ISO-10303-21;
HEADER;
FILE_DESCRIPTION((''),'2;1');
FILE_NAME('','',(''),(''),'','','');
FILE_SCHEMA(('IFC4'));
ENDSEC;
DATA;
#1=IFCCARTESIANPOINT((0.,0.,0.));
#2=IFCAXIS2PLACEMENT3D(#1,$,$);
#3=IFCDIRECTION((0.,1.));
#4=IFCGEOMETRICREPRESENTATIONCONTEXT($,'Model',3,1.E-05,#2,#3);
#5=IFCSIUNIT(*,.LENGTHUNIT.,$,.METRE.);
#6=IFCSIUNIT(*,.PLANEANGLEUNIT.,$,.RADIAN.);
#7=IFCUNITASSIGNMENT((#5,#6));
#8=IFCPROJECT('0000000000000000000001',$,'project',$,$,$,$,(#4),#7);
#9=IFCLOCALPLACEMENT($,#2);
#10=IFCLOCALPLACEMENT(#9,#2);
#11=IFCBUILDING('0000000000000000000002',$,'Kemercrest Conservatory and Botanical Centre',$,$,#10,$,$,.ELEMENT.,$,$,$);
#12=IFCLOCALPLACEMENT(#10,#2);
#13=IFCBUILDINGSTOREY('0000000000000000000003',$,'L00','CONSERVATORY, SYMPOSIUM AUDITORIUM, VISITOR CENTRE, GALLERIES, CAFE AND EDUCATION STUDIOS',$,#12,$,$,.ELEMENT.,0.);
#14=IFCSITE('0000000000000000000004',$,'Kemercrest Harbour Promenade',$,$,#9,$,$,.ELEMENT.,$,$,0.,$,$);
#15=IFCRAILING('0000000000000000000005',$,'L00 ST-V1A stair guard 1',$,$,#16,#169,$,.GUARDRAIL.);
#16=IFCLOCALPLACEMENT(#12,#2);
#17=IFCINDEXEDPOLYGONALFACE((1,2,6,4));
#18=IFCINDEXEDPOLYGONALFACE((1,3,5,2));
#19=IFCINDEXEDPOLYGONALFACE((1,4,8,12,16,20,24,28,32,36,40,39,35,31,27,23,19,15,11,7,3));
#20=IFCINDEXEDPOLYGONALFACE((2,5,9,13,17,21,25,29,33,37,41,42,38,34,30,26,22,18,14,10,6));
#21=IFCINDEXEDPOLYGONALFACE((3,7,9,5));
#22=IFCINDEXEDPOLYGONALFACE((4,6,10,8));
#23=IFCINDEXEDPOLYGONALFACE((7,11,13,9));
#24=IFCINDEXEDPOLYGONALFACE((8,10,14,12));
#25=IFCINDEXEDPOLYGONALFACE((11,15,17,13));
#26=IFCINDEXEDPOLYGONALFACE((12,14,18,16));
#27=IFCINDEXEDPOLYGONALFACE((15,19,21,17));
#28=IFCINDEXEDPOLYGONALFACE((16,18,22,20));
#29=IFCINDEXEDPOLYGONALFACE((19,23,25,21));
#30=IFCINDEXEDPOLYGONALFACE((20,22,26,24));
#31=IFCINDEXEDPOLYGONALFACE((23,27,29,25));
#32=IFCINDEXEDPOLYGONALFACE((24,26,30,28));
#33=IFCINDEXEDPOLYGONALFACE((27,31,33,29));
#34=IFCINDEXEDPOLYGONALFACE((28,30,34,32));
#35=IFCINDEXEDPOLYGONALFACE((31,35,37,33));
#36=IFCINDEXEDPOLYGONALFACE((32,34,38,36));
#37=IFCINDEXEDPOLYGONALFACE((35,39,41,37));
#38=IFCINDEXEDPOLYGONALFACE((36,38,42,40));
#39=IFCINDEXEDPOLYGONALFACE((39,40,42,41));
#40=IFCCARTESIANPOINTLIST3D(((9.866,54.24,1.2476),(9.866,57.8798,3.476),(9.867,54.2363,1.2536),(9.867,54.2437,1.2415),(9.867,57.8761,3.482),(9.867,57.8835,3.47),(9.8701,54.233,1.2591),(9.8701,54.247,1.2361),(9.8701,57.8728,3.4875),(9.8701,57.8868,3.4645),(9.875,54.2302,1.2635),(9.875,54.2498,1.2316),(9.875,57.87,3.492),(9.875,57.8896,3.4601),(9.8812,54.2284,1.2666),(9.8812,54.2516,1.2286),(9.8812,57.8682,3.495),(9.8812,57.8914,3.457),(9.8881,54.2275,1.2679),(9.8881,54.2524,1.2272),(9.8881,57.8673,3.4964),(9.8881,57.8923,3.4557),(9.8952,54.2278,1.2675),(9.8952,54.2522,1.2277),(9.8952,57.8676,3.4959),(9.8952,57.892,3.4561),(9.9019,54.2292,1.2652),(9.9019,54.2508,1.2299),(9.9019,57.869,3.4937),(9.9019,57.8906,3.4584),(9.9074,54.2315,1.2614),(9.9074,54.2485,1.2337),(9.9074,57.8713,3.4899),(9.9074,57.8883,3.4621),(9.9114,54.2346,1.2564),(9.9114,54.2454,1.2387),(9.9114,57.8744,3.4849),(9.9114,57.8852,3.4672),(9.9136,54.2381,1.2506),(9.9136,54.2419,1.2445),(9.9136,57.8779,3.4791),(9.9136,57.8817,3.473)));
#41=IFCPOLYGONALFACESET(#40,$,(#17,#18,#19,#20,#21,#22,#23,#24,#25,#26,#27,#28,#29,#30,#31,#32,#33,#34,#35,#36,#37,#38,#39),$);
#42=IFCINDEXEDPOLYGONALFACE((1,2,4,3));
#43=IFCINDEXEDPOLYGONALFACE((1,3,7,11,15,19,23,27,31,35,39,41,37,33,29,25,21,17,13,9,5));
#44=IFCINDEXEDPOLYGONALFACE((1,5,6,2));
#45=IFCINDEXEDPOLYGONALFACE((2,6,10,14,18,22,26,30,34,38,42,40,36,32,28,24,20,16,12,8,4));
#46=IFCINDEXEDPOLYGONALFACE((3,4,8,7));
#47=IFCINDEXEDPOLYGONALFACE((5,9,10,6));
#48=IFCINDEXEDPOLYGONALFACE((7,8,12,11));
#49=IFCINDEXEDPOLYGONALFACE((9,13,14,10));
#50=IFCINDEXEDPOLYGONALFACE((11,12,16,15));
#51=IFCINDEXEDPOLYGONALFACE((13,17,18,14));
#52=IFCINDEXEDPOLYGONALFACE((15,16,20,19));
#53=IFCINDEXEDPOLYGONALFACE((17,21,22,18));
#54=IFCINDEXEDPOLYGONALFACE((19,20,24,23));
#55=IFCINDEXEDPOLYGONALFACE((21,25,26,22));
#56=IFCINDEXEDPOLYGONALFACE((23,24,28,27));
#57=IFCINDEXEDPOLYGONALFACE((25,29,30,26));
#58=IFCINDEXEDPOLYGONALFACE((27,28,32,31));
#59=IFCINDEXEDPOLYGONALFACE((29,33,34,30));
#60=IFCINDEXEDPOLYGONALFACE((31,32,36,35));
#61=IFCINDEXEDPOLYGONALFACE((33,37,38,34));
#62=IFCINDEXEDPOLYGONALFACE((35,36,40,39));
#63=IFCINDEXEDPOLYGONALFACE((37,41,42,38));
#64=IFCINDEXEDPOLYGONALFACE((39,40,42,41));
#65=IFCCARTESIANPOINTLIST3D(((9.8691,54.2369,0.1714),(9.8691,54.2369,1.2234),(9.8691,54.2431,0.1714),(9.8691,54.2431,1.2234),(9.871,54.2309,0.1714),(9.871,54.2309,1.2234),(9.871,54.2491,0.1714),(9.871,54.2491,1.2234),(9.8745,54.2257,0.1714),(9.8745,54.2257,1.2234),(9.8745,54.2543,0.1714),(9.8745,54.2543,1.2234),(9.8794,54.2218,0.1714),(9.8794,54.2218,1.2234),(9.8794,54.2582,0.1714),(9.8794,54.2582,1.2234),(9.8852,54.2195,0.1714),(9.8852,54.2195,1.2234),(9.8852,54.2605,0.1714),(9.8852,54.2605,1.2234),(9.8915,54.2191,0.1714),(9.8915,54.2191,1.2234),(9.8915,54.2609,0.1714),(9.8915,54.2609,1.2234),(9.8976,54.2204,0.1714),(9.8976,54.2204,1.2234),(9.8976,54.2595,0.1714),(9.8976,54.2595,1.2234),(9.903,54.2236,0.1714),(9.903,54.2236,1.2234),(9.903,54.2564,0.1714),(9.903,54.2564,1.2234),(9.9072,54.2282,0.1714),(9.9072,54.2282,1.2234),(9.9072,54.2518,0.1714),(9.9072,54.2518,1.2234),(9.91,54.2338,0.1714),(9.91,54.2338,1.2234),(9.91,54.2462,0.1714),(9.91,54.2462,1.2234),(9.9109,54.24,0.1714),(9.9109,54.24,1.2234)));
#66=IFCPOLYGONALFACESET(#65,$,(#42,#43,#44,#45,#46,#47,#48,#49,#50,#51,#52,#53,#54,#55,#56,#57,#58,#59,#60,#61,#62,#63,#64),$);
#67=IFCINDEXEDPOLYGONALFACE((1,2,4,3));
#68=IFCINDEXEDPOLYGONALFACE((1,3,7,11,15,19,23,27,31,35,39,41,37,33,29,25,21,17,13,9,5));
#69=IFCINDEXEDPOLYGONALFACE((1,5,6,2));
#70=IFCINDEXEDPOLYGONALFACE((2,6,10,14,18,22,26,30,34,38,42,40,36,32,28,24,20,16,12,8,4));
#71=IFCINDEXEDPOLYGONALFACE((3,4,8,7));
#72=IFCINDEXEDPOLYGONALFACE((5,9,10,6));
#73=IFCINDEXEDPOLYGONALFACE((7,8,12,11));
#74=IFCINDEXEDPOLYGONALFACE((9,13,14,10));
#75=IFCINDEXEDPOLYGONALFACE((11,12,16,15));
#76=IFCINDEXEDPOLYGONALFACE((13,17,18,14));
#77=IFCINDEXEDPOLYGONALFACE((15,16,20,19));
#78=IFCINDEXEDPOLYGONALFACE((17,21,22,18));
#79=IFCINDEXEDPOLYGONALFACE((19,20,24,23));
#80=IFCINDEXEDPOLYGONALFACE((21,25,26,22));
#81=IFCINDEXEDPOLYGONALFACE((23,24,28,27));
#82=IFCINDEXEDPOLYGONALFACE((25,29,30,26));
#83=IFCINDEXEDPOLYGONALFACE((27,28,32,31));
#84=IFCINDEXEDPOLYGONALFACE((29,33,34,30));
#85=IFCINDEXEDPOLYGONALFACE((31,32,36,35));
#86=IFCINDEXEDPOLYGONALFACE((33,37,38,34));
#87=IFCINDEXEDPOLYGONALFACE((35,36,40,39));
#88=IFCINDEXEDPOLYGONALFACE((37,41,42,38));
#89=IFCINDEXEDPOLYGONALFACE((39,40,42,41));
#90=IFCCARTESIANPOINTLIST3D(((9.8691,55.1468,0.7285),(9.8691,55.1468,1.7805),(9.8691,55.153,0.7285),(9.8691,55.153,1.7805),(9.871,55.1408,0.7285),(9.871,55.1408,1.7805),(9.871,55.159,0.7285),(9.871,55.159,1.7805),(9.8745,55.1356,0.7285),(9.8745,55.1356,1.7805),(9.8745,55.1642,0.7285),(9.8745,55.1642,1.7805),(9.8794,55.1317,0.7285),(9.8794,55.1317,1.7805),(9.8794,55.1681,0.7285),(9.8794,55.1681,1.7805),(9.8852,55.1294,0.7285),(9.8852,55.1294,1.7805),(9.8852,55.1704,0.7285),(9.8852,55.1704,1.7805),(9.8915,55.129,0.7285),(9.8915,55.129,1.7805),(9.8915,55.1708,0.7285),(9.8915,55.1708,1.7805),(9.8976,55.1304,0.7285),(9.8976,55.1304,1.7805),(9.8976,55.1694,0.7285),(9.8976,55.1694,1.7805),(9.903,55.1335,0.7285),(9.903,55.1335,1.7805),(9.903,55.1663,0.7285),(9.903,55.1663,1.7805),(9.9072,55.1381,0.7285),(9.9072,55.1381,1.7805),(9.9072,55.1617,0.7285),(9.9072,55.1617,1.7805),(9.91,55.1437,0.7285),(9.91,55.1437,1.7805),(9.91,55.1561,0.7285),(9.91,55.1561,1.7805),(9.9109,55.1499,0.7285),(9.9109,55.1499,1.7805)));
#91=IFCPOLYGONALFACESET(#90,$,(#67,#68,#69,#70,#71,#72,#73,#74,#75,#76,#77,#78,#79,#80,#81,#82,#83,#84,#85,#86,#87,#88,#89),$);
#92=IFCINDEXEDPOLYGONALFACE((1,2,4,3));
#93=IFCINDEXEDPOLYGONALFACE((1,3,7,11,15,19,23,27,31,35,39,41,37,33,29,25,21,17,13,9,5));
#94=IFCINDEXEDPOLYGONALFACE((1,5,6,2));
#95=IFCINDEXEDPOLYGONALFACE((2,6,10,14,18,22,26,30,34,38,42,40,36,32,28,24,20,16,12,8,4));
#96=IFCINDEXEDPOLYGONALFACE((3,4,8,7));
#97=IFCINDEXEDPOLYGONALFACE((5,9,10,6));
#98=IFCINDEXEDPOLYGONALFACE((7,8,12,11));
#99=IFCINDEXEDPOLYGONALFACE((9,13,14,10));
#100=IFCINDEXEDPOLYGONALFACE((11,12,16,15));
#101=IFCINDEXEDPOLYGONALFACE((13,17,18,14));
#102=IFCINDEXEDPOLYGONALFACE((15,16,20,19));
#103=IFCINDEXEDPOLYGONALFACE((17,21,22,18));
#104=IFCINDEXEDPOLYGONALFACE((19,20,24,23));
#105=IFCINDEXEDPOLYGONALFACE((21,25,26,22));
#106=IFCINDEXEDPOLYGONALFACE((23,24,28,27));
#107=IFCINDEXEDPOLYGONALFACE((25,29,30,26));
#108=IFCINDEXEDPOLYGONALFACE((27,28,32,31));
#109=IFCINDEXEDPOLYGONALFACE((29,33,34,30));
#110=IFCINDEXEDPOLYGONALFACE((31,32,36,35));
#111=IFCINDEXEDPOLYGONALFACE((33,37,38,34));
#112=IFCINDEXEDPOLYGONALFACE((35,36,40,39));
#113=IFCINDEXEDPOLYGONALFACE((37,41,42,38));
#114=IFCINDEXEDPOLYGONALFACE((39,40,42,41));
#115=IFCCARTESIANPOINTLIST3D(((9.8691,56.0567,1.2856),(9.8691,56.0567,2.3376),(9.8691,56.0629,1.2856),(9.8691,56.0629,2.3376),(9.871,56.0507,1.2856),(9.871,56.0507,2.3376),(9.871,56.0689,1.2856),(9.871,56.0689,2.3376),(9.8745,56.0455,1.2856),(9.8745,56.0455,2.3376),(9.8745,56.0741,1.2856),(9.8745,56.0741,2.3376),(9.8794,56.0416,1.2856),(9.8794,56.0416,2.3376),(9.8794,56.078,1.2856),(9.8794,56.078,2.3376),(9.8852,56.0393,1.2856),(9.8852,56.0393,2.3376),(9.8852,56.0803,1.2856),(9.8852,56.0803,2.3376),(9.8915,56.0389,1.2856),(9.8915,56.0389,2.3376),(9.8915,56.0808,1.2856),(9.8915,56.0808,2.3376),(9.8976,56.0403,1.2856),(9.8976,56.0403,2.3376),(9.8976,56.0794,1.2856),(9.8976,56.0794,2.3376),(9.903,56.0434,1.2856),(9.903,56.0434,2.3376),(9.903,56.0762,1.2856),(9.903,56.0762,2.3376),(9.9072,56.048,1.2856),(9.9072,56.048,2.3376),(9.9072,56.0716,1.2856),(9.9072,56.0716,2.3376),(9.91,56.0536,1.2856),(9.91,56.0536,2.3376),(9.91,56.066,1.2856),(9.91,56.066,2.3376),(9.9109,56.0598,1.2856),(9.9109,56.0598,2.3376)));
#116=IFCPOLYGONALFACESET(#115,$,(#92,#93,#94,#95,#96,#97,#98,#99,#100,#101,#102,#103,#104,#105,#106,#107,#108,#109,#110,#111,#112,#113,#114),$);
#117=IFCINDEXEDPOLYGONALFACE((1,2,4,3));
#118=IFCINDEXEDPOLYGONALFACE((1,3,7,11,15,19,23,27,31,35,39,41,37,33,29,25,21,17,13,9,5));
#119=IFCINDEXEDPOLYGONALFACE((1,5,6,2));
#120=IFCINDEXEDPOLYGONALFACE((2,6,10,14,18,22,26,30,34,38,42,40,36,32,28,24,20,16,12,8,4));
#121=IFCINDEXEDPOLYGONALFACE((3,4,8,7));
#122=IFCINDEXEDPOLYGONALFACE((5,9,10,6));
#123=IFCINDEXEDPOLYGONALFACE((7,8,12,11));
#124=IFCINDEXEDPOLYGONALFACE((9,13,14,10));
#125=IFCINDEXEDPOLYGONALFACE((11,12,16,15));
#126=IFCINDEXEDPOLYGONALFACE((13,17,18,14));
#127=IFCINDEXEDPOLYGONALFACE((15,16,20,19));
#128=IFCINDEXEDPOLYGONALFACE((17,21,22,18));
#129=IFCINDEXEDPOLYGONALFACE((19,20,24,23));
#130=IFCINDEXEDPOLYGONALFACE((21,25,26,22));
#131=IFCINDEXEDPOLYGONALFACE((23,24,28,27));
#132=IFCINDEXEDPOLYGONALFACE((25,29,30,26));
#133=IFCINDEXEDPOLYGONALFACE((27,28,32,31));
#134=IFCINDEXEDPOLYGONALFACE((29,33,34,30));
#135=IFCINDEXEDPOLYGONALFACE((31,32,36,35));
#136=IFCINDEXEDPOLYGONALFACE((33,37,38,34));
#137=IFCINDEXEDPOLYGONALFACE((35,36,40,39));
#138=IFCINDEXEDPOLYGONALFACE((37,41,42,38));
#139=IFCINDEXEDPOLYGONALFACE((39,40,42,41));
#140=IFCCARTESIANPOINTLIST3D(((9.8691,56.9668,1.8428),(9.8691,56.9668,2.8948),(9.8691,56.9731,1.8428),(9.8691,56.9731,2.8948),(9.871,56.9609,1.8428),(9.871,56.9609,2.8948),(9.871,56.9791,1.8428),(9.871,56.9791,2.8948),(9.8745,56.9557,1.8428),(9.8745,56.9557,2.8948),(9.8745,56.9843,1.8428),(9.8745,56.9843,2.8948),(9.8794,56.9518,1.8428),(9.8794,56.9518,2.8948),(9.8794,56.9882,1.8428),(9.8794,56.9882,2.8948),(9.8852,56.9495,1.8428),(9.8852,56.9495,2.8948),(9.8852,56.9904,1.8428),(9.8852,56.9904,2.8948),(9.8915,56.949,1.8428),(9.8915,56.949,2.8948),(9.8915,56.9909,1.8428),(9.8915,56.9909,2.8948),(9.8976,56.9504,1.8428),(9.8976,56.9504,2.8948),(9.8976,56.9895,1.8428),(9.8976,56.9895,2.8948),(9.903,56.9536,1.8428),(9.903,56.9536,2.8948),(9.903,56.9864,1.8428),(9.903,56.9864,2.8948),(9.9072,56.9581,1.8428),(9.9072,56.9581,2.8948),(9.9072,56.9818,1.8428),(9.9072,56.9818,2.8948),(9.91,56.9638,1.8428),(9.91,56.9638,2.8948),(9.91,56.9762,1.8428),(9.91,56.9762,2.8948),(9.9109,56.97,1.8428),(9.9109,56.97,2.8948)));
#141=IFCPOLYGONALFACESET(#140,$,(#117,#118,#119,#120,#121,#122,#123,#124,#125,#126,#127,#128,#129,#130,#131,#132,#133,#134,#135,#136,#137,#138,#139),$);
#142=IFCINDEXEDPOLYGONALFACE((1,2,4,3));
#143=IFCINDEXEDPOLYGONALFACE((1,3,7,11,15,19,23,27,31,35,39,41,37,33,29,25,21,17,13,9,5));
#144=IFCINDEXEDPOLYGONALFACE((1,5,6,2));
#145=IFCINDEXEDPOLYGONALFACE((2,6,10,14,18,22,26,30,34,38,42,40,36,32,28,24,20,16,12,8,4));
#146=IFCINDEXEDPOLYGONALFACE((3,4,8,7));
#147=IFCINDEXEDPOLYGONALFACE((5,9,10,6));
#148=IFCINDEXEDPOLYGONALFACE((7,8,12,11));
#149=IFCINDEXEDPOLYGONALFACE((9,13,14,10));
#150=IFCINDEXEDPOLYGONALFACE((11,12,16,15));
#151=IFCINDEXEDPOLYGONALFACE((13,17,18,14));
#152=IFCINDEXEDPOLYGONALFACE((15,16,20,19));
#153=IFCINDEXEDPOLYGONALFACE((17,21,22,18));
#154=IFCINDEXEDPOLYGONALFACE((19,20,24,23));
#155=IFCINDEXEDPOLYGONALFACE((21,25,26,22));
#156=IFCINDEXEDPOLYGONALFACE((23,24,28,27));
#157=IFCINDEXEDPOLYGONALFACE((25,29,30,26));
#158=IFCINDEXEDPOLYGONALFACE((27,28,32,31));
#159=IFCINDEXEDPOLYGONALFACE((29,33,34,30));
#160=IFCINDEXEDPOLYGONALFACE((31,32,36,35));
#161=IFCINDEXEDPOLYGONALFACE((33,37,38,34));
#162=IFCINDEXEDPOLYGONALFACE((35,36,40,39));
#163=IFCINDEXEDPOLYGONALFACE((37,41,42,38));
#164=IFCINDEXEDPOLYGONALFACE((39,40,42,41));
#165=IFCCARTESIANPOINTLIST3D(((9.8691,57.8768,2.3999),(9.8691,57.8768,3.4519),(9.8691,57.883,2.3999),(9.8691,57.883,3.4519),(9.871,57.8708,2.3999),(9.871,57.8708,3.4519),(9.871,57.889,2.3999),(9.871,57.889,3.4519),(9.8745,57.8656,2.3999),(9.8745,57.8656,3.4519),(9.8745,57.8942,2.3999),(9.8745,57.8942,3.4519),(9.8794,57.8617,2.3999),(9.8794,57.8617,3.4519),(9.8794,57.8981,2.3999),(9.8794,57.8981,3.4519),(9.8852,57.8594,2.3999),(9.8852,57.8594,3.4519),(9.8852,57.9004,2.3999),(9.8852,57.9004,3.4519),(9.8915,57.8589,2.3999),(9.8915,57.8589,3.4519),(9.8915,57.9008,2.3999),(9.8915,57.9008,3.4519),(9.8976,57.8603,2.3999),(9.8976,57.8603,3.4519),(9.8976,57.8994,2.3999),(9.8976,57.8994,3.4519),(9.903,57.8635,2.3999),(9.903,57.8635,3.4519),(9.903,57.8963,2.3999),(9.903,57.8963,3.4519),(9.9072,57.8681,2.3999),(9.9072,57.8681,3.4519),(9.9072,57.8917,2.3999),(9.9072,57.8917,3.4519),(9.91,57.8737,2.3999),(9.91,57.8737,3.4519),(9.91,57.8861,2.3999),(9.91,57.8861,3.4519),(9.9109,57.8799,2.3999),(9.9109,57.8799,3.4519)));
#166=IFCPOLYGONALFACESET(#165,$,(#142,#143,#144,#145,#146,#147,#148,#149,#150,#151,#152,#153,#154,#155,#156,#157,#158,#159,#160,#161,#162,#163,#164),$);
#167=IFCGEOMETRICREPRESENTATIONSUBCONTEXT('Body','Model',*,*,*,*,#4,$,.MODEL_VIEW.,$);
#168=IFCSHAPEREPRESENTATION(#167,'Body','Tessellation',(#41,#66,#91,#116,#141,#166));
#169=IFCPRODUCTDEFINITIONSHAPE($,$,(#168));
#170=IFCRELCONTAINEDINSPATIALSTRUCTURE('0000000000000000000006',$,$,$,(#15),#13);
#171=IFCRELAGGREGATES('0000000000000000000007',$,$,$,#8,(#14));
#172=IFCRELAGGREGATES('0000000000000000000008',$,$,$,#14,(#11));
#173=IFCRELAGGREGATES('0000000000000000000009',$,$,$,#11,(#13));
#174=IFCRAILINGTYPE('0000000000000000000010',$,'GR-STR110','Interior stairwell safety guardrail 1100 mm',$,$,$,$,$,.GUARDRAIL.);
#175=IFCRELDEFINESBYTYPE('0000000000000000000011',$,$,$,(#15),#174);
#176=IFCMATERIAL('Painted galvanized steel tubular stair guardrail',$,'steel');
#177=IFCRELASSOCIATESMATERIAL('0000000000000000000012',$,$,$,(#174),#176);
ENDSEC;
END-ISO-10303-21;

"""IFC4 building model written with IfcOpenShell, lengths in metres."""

from ifc_helpers import new_model, si_unit, direction, frame, origin, origin_2d, place, context, subcontext, project, spatial, circle, extrude, material, type_object, element, save


model = new_model("IFC4")

# Units and contexts
model_context = context("Model", 3, precision=1e-05, world=origin(), true_north=direction((0.0, 1.0)))
body_context = subcontext(model_context, "Body", "Model", "MODEL_VIEW")
ifc_project = project(units=[si_unit("LENGTHUNIT", "METRE"), si_unit("PLANEANGLEUNIT", "RADIAN")], contexts=[model_context])

# Site, building, storey
site_placement = place(None, origin())
site = spatial("IfcSite", under=ifc_project, at=site_placement, Name="Kemercrest Harbour Promenade", CompositionType="ELEMENT", RefElevation=0.0)
building_placement = place(site_placement, origin())
building = spatial("IfcBuilding", under=site, at=building_placement, Name="Kemercrest Conservatory and Botanical Centre", CompositionType="ELEMENT")
storey_placement = place(building_placement, origin())
storey = spatial("IfcBuildingStorey", under=building, at=storey_placement, Name="L00", Description="CONSERVATORY, SYMPOSIUM AUDITORIUM, VISITOR CENTRE, GALLERIES, CAFE AND EDUCATION STUDIOS", CompositionType="ELEMENT", Elevation=0.0)

# Railing
ifc_material_1 = material(Name="Painted galvanized steel tubular stair guardrail", Category="steel")
railing_type_1 = type_object("IfcRailingType", Name="GR-STR110", Description="Interior stairwell safety guardrail 1100 mm", PredefinedType="GUARDRAIL", material=ifc_material_1)
railing_1_placement = place(storey_placement, frame((9.8899, 54.24, 0.1714)))
element("IfcRailing", 1, at=railing_1_placement, inside=storey, type_object=railing_type_1, Name="L00 ST-V1A stair guard 1", PredefinedType="GUARDRAIL", context=body_context, shape_type="SweptSolid", body=[
    extrude(circle(Radius=0.0239, at=origin_2d()), frame((0.0, 0.0, 1.0762), z_axis=(0.0, 0.85285, 0.522156), x_axis=(-1.0, 0.0, 0.0)), (0.0, 0.0, 1.0), 4.2678),
    extrude(circle(Radius=0.021, at=origin_2d()), origin(), (0.0, 0.0, 1.0), 1.052),
    extrude(circle(Radius=0.021, at=origin_2d()), frame((0.0, 0.9099, 0.5571)), (0.0, 0.0, 1.0), 1.052),
    extrude(circle(Radius=0.021, at=origin_2d()), frame((0.0, 1.8198, 1.1143)), (0.0, 0.0, 1.0), 1.052),
    extrude(circle(Radius=0.021, at=origin_2d()), frame((0.0, 2.73, 1.6714)), (0.0, 0.0, 1.0), 1.052),
    extrude(circle(Radius=0.021, at=origin_2d()), frame((0.0, 3.6399, 2.2285)), (0.0, 0.0, 1.0), 1.052),
])

save(model, "model.ifc")
